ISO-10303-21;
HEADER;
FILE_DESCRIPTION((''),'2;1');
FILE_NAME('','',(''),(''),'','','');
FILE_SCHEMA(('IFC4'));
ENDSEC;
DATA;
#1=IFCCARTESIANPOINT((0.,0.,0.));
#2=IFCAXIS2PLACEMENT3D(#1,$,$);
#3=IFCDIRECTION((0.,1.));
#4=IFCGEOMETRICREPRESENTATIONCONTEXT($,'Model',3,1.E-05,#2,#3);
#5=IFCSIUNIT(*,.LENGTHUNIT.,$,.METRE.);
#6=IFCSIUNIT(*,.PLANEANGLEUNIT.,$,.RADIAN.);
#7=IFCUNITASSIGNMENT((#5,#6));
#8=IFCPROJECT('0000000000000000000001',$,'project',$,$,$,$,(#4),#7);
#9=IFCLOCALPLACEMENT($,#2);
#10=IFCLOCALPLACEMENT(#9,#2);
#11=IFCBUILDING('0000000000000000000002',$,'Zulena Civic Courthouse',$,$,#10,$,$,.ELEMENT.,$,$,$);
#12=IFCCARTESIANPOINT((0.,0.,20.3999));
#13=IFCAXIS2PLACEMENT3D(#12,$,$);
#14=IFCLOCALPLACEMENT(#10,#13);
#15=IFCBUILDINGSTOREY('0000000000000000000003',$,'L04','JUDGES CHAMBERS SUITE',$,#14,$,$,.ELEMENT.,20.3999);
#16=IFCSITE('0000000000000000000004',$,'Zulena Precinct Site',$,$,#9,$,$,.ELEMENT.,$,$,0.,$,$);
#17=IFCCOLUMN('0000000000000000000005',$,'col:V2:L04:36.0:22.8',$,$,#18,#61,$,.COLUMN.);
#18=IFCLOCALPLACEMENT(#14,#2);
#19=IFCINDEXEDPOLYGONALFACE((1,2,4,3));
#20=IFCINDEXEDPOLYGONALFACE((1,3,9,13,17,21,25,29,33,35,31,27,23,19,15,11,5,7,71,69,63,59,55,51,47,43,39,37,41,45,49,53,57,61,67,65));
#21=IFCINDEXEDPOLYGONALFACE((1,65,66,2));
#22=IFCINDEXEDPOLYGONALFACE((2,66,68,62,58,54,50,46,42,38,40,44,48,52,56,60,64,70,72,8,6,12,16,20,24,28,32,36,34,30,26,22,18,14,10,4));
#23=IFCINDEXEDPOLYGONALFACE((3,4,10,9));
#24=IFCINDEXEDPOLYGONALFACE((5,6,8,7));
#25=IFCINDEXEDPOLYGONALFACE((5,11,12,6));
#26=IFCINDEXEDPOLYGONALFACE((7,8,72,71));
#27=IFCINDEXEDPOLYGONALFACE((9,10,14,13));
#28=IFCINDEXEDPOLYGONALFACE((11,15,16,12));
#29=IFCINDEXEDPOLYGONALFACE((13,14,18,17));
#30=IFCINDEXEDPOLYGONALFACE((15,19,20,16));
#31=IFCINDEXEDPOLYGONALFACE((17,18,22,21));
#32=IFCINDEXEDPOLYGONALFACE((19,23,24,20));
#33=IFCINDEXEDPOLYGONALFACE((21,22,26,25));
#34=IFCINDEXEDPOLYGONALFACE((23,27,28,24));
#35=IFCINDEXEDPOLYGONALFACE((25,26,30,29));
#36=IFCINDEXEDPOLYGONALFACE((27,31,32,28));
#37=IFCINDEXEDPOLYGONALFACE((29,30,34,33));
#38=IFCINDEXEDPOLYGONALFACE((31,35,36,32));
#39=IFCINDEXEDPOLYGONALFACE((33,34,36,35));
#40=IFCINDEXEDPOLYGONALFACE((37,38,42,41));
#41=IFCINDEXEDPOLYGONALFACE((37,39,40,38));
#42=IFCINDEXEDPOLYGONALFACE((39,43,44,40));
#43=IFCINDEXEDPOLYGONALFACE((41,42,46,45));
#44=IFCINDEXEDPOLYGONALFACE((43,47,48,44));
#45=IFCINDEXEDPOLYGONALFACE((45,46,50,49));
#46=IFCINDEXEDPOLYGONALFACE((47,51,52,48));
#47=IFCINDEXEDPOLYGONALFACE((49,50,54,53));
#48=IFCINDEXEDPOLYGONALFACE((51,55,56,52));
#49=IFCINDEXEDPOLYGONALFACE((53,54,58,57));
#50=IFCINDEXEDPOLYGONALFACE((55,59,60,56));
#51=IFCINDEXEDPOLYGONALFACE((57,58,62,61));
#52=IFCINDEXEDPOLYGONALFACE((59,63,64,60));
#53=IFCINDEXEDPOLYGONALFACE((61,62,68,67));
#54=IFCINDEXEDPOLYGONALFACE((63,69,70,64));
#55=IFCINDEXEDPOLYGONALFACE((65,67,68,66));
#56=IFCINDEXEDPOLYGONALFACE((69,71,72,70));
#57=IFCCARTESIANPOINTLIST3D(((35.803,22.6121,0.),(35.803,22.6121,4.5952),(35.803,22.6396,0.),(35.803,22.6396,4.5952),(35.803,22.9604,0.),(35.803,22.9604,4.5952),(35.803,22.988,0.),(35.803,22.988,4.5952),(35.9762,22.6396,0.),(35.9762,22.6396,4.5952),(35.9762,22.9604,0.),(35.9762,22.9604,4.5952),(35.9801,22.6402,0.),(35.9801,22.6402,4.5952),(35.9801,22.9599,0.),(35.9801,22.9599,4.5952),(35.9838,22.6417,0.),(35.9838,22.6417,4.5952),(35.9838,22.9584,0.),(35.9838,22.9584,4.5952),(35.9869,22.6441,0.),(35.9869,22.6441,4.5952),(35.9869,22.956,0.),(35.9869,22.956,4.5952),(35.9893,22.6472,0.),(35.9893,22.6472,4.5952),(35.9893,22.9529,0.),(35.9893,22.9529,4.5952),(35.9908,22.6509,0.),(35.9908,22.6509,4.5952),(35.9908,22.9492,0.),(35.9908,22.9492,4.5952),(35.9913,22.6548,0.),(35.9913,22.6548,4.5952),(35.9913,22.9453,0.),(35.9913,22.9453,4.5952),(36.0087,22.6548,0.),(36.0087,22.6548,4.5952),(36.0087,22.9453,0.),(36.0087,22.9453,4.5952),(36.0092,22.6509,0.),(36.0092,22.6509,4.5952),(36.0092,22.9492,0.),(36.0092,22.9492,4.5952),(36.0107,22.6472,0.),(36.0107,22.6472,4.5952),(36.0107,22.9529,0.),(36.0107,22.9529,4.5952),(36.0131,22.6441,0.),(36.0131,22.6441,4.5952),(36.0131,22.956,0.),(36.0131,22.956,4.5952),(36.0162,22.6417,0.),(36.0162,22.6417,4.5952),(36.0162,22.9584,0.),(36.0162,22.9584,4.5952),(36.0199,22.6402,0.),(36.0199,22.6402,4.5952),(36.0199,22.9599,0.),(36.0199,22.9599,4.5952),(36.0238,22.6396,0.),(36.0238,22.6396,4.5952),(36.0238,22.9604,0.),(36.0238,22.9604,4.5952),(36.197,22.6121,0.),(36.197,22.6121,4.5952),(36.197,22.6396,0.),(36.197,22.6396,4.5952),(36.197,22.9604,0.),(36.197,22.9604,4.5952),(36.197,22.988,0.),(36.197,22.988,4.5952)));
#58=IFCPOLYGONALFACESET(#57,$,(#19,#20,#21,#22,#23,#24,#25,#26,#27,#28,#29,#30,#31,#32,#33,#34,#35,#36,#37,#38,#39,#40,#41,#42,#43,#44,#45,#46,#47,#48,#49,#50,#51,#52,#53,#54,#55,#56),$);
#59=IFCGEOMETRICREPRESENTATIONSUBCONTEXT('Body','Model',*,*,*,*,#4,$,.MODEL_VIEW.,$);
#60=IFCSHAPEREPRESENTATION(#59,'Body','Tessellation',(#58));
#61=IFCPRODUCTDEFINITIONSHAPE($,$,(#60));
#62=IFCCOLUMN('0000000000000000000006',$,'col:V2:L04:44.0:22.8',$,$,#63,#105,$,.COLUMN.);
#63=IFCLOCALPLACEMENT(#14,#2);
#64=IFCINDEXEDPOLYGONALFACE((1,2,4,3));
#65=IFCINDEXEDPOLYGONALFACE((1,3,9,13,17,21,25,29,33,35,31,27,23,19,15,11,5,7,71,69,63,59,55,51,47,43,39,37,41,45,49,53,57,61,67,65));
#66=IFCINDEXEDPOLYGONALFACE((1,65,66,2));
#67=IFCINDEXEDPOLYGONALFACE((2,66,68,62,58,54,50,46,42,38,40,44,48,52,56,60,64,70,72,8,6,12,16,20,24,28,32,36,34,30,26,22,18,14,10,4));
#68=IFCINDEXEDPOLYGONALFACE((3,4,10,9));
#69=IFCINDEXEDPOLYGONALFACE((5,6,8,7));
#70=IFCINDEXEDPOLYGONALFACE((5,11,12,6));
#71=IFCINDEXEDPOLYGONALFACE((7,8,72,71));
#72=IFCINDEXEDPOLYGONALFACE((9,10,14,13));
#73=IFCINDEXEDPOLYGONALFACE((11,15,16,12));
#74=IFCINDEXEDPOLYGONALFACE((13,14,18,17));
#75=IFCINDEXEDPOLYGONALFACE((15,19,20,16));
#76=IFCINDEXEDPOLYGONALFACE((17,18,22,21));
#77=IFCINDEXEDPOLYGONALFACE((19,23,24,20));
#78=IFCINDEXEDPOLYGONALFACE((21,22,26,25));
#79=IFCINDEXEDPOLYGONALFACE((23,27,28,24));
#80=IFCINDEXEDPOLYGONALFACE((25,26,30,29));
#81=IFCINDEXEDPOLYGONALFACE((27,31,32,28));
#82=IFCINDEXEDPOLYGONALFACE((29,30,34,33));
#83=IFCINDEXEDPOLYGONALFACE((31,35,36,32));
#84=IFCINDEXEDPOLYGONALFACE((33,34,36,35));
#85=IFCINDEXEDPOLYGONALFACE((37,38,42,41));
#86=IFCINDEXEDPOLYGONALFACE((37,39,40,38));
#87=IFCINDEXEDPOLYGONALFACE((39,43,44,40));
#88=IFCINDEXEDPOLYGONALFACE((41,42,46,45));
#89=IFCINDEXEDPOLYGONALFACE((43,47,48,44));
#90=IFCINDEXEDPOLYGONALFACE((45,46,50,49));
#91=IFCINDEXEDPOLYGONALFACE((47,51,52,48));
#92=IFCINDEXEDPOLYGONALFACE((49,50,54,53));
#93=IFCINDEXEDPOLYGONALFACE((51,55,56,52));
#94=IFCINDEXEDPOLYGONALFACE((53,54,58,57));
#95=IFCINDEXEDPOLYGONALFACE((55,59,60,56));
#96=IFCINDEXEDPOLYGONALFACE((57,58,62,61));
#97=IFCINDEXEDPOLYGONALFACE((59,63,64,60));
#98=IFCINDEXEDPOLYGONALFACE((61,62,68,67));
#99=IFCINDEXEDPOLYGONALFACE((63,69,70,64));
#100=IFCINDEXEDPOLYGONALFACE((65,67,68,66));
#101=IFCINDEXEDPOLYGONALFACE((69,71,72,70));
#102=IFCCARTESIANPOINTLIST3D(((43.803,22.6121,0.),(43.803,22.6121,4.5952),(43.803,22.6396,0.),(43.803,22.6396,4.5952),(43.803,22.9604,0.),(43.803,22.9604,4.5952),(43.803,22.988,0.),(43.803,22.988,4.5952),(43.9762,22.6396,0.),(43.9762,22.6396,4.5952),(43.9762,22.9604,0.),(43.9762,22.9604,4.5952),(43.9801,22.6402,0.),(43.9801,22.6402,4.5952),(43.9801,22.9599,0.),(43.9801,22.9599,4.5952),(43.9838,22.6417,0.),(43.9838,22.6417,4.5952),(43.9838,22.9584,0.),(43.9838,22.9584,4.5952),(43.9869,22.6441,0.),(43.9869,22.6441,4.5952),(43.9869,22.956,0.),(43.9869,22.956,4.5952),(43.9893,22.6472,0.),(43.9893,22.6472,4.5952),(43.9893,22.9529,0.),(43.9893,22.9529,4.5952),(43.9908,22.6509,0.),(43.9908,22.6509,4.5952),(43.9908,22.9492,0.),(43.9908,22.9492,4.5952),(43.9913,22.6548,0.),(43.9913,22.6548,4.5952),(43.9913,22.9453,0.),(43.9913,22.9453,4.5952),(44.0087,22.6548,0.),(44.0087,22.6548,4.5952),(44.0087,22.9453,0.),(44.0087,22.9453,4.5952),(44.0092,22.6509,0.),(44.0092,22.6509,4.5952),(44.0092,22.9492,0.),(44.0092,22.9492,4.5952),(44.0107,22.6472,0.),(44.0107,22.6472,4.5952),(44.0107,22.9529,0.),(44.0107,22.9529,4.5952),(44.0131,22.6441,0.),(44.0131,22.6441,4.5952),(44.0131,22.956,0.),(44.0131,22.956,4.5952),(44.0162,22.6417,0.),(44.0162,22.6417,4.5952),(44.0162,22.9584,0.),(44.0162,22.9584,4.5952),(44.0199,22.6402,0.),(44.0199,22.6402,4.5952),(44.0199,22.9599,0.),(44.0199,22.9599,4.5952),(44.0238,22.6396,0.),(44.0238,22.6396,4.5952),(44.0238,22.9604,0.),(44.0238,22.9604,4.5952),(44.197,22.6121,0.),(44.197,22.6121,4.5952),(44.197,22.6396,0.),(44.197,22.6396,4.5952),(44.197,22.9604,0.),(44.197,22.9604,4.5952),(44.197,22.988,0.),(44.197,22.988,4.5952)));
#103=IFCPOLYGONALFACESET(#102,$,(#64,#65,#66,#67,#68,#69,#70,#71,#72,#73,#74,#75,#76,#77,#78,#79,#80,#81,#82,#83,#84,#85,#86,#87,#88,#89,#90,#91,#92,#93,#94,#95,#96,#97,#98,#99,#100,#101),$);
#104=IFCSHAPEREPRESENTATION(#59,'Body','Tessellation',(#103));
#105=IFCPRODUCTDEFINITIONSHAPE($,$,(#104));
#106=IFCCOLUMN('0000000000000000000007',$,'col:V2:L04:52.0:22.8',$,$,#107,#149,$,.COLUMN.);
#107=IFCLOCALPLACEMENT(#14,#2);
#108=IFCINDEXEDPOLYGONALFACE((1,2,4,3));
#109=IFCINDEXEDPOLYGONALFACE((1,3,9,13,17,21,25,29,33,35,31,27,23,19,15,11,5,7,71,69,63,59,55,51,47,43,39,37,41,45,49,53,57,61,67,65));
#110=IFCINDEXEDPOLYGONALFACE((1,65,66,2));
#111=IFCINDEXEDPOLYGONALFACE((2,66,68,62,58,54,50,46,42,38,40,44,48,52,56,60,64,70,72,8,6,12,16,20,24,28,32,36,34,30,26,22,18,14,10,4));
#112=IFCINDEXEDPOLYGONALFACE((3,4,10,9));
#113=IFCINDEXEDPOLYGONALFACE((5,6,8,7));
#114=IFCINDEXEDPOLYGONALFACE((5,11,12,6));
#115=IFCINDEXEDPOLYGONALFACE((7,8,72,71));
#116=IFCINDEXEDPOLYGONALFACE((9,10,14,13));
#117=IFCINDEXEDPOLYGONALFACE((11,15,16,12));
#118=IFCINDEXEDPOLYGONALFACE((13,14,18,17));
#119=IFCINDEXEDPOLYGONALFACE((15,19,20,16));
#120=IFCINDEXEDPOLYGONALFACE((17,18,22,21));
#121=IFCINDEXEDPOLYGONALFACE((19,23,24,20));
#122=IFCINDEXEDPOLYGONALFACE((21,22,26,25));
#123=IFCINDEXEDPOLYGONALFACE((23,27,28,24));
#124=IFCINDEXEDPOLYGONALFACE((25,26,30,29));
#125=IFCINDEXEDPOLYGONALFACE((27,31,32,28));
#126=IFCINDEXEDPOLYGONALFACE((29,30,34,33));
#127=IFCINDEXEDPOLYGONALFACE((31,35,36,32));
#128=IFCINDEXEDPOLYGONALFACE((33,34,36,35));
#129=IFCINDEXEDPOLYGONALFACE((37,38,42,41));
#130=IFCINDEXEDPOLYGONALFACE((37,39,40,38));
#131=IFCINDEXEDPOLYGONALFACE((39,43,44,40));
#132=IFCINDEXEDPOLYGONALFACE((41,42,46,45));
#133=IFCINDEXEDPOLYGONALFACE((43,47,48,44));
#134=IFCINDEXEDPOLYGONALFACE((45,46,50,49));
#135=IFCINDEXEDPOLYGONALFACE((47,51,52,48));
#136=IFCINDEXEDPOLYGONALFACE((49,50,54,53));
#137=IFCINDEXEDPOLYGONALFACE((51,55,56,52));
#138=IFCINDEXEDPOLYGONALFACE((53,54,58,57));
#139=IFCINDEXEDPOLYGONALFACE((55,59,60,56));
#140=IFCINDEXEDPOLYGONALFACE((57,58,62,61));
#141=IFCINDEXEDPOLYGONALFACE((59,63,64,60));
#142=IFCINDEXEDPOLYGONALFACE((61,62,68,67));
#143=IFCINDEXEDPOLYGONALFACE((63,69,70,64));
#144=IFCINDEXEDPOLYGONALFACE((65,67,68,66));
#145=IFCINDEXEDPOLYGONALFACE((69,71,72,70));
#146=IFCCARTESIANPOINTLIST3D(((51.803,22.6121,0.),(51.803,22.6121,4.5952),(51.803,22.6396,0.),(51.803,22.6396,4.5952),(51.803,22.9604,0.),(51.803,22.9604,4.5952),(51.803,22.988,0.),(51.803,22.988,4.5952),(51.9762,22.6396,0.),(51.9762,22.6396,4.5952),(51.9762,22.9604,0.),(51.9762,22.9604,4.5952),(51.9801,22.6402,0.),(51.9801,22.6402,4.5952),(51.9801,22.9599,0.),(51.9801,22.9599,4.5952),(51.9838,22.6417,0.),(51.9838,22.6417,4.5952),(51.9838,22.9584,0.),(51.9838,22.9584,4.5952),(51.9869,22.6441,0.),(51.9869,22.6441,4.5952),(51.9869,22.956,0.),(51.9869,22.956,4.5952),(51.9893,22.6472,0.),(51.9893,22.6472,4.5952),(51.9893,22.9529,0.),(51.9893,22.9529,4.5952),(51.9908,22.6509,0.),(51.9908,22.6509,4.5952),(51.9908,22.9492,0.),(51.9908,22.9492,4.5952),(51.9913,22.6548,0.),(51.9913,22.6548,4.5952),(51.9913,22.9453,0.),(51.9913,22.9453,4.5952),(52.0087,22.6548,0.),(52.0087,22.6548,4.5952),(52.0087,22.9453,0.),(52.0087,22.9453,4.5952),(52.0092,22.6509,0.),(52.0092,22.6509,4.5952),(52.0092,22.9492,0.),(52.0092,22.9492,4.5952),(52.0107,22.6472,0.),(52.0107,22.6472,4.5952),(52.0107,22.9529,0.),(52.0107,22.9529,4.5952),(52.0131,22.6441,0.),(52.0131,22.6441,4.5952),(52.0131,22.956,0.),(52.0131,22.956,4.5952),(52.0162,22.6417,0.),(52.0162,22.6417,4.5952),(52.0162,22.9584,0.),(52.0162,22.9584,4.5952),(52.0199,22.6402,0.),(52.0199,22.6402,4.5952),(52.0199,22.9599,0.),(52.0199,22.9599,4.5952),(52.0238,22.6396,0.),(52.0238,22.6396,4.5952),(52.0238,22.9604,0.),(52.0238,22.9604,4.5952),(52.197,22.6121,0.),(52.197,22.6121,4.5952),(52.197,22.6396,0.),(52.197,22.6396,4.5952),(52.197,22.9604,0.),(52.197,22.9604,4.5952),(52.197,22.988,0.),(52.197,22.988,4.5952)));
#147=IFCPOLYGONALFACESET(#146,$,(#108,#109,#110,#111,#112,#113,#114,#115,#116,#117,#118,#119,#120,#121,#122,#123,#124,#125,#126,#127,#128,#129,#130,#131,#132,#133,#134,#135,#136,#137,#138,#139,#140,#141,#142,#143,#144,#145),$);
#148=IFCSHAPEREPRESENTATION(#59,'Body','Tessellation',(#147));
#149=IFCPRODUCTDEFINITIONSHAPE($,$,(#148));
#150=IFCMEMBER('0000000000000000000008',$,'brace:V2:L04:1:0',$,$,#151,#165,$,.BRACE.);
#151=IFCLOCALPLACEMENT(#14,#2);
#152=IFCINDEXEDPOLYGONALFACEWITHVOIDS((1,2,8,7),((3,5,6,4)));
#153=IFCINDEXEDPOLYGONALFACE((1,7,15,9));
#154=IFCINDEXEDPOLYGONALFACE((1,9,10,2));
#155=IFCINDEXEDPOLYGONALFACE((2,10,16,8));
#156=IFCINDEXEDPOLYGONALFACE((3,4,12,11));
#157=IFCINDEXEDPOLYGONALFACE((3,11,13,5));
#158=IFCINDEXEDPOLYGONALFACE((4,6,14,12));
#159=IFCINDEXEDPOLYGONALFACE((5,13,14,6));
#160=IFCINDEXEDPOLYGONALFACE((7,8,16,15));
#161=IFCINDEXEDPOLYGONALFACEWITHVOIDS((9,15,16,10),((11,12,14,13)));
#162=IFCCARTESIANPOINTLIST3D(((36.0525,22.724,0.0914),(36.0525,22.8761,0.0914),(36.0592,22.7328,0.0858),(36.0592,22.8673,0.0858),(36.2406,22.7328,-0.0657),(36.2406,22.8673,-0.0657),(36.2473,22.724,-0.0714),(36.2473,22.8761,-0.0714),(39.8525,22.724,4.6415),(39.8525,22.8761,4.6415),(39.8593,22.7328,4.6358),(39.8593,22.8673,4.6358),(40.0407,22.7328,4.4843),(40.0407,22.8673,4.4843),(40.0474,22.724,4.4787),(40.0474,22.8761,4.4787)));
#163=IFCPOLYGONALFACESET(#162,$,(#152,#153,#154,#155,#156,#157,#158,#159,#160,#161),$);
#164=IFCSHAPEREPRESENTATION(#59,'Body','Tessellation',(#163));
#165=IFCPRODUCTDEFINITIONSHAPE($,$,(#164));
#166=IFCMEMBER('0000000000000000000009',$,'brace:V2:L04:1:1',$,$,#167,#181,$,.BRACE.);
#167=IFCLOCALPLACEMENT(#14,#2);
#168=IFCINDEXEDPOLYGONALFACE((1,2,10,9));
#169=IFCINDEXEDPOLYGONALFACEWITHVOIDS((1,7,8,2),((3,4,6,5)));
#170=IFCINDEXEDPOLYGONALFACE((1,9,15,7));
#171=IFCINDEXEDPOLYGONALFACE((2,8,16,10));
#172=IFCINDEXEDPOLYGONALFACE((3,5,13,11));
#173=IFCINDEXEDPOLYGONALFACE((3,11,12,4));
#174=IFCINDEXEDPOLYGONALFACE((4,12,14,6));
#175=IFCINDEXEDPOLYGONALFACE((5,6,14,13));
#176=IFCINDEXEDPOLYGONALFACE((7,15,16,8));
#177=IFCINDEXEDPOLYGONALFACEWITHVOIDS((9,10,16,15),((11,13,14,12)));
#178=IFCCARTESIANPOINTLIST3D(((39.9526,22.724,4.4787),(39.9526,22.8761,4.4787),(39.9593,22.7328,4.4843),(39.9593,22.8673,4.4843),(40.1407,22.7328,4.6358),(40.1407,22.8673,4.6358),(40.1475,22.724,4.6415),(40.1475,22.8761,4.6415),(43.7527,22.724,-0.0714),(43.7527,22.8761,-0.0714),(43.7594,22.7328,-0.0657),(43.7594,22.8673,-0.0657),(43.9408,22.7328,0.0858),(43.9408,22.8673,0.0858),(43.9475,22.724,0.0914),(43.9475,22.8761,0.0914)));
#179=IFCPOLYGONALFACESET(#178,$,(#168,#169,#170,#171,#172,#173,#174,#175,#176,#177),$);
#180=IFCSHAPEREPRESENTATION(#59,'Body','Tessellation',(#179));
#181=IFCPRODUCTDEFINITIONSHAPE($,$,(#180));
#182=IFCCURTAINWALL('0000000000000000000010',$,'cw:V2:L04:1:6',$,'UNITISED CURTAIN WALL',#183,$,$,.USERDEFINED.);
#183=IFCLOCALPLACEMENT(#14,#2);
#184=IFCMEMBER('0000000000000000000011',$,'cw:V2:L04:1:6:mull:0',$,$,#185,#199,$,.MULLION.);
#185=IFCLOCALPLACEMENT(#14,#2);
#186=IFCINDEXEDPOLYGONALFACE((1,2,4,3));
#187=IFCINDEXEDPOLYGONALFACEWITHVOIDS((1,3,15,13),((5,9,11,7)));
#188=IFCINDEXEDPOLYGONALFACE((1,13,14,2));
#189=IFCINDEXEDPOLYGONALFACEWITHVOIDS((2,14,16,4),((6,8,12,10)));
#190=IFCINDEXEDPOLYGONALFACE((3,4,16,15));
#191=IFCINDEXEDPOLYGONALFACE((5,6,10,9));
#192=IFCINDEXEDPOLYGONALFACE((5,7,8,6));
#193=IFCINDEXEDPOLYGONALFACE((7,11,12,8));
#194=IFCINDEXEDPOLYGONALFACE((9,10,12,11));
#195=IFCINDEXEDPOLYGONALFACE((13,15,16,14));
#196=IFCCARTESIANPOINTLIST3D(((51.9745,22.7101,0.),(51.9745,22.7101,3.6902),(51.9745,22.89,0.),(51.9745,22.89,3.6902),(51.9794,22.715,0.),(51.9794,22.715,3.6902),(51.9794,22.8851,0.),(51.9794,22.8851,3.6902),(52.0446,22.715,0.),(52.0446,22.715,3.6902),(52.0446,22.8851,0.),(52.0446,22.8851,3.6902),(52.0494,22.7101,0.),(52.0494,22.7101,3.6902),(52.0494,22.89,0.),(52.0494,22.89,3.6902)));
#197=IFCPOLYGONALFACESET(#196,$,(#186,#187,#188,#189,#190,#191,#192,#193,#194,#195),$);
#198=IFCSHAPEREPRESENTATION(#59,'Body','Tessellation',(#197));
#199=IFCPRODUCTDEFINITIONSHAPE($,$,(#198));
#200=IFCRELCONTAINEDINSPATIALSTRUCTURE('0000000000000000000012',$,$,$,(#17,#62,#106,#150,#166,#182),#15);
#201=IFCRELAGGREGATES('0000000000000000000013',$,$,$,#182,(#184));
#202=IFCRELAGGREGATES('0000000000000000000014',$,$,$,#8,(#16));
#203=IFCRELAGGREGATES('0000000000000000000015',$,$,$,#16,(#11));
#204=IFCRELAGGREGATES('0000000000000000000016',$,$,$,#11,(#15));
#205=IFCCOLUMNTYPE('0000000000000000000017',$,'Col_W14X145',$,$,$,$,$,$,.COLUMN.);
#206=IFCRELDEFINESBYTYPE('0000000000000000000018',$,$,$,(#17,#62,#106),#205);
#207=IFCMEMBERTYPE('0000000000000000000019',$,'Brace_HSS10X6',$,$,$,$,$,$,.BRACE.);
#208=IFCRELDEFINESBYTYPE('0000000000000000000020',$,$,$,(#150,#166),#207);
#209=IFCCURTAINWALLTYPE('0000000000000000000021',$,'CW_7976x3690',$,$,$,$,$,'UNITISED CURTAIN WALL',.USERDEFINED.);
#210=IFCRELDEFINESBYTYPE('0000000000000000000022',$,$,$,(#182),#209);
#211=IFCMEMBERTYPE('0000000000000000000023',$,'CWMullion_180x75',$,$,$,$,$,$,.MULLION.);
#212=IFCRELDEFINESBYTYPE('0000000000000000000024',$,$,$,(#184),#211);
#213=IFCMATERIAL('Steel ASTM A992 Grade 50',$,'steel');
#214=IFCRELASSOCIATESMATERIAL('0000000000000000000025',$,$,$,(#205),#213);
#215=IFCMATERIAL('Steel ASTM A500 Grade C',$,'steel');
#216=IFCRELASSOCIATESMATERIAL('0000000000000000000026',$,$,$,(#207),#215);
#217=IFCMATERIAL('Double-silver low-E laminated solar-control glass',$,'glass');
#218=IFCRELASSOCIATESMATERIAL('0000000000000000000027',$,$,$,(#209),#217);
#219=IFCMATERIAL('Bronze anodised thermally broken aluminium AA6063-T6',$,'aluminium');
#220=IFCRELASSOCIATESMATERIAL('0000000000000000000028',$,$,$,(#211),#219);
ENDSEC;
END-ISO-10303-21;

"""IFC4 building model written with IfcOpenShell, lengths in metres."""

from ifc_helpers import new_model, si_unit, direction, frame, origin, origin_2d, place, context, subcontext, project, spatial, hollow_rectangle, i_section, extrude, material, material_profile, profile_set, type_object, element, aggregate, save


model = new_model("IFC4")

# Units and contexts
model_context = context("Model", 3, precision=1e-05, world=origin(), true_north=direction((0.0, 1.0)))
body_context = subcontext(model_context, "Body", "Model", "MODEL_VIEW")
ifc_project = project(units=[si_unit("LENGTHUNIT", "METRE"), si_unit("PLANEANGLEUNIT", "RADIAN")], contexts=[model_context])

# Site, building, storey
site_placement = place(None, origin())
site = spatial("IfcSite", under=ifc_project, at=site_placement, Name="Zulena Precinct Site", CompositionType="ELEMENT", RefElevation=0.0)
building_placement = place(site_placement, origin())
building = spatial("IfcBuilding", under=site, at=building_placement, Name="Zulena Civic Courthouse", CompositionType="ELEMENT")
storey_placement = place(building_placement, frame((0.0, 0.0, 20.3999)))
storey = spatial("IfcBuildingStorey", under=building, at=storey_placement, Name="L04", Description="JUDGES CHAMBERS SUITE", CompositionType="ELEMENT", Elevation=20.3999)

# Columns
ifc_material_1 = material(Name="Steel ASTM A992 Grade 50", Category="steel")
ifc_material_profile_1 = material_profile(ifc_material_1, i_section(OverallWidth=0.394, OverallDepth=0.376, WebThickness=0.0173, FlangeThickness=0.0276, FilletRadius=0.0151, at=origin_2d()), Name="W14X145")
ifc_profile_set_1 = profile_set([ifc_material_profile_1], Name="Steel ASTM A992 Grade 50")
column_type = type_object("IfcColumnType", Name="Col_W14X145", PredefinedType="COLUMN", material=ifc_profile_set_1)
for number, where, z_axis, x_axis, name in (
    (1, (36.0, 22.8, 0.0), (0.0, 0.0, 1.0), (1.0, 0.0, 0.0), "col:V2:L04:36.0:22.8"),
    (2, (44.0, 22.8, 0.0), (0.0, 0.0, 1.0), (1.0, 0.0, 0.0), "col:V2:L04:44.0:22.8"),
    (3, (52.0, 22.8, 0.0), (0.0, 0.0, 1.0), (1.0, 0.0, 0.0), "col:V2:L04:52.0:22.8"),
):
    element("IfcColumn", number, at=place(storey_placement, frame(where, z_axis=z_axis, x_axis=x_axis)), inside=storey, type_object=column_type, Name=name, PredefinedType="COLUMN", context=body_context, shape_type="SweptSolid", body=[
        extrude(i_section(OverallWidth=0.394, OverallDepth=0.376, WebThickness=0.0173, FlangeThickness=0.0276, FilletRadius=0.0151, at=origin_2d()), origin(), (0.0, 0.0, 1.0), 4.5952),
    ])

# Members
ifc_material_2 = material(Name="Steel ASTM A500 Grade C", Category="steel")
ifc_material_profile_2 = material_profile(ifc_material_2, hollow_rectangle(XDim=0.1521, YDim=0.2539, WallThickness=0.0088, at=origin_2d()), Name="HSS10X6X3/8")
ifc_profile_set_2 = profile_set([ifc_material_profile_2], Name="Steel ASTM A500 Grade C")
member_type_1 = type_object("IfcMemberType", Name="Brace_HSS10X6", PredefinedType="BRACE", material=ifc_profile_set_2)
for number, where, z_axis, x_axis, name in (
    (4, (36.1499, 22.8, 0.01), (0.641014, 0.0, 0.767529), (0.0, 1.0, 0.0), "brace:V2:L04:1:0"),
    (5, (43.8501, 22.8, 0.01), (-0.641014, 0.0, 0.767529), (0.0, -1.0, 0.0), "brace:V2:L04:1:1"),
):
    element("IfcMember", number, at=place(storey_placement, frame(where, z_axis=z_axis, x_axis=x_axis)), inside=storey, type_object=member_type_1, Name=name, PredefinedType="BRACE", context=body_context, shape_type="SweptSolid", body=[
        extrude(hollow_rectangle(XDim=0.1521, YDim=0.2539, WallThickness=0.0088, at=origin_2d()), origin(), (0.0, 0.0, 1.0), 5.9282),
    ])

# Curtain wall, member
ifc_material_3 = material(Name="Double-silver low-E laminated solar-control glass", Category="glass")
curtain_wall_type = type_object("IfcCurtainWallType", Name="CW_7976x3690", ElementType="UNITISED CURTAIN WALL", PredefinedType="USERDEFINED", material=ifc_material_3)
curtain_wall_placement = place(storey_placement, origin())
curtain_wall = element("IfcCurtainWall", 6, at=curtain_wall_placement, inside=storey, type_object=curtain_wall_type, Name="cw:V2:L04:1:6", ObjectType="UNITISED CURTAIN WALL", PredefinedType="USERDEFINED")
ifc_material_4 = material(Name="Bronze anodised thermally broken aluminium AA6063-T6", Category="aluminium")
ifc_material_profile_3 = material_profile(ifc_material_4, hollow_rectangle(XDim=0.075, YDim=0.1799, WallThickness=0.0049, at=origin_2d()), Name="CWM180X75X5")
ifc_profile_set_3 = profile_set([ifc_material_profile_3], Name="Bronze anodised thermally broken aluminium AA6063-T6")
member_type_2 = type_object("IfcMemberType", Name="CWMullion_180x75", PredefinedType="MULLION", material=ifc_profile_set_3)
member_1_placement = place(storey_placement, frame((52.012, 22.8, 0.0), z_axis=(0.0, 0.0, 1.0), x_axis=(1.0, 0.0, 0.0)))
member_1 = element("IfcMember", 7, at=member_1_placement, type_object=member_type_2, Name="cw:V2:L04:1:6:mull:0", PredefinedType="MULLION", context=body_context, shape_type="SweptSolid", body=[
    extrude(hollow_rectangle(XDim=0.075, YDim=0.1799, WallThickness=0.0049, at=origin_2d()), origin(), (0.0, 0.0, 1.0), 3.6902),
])

aggregate(curtain_wall, [member_1])

save(model, "model.ifc")
